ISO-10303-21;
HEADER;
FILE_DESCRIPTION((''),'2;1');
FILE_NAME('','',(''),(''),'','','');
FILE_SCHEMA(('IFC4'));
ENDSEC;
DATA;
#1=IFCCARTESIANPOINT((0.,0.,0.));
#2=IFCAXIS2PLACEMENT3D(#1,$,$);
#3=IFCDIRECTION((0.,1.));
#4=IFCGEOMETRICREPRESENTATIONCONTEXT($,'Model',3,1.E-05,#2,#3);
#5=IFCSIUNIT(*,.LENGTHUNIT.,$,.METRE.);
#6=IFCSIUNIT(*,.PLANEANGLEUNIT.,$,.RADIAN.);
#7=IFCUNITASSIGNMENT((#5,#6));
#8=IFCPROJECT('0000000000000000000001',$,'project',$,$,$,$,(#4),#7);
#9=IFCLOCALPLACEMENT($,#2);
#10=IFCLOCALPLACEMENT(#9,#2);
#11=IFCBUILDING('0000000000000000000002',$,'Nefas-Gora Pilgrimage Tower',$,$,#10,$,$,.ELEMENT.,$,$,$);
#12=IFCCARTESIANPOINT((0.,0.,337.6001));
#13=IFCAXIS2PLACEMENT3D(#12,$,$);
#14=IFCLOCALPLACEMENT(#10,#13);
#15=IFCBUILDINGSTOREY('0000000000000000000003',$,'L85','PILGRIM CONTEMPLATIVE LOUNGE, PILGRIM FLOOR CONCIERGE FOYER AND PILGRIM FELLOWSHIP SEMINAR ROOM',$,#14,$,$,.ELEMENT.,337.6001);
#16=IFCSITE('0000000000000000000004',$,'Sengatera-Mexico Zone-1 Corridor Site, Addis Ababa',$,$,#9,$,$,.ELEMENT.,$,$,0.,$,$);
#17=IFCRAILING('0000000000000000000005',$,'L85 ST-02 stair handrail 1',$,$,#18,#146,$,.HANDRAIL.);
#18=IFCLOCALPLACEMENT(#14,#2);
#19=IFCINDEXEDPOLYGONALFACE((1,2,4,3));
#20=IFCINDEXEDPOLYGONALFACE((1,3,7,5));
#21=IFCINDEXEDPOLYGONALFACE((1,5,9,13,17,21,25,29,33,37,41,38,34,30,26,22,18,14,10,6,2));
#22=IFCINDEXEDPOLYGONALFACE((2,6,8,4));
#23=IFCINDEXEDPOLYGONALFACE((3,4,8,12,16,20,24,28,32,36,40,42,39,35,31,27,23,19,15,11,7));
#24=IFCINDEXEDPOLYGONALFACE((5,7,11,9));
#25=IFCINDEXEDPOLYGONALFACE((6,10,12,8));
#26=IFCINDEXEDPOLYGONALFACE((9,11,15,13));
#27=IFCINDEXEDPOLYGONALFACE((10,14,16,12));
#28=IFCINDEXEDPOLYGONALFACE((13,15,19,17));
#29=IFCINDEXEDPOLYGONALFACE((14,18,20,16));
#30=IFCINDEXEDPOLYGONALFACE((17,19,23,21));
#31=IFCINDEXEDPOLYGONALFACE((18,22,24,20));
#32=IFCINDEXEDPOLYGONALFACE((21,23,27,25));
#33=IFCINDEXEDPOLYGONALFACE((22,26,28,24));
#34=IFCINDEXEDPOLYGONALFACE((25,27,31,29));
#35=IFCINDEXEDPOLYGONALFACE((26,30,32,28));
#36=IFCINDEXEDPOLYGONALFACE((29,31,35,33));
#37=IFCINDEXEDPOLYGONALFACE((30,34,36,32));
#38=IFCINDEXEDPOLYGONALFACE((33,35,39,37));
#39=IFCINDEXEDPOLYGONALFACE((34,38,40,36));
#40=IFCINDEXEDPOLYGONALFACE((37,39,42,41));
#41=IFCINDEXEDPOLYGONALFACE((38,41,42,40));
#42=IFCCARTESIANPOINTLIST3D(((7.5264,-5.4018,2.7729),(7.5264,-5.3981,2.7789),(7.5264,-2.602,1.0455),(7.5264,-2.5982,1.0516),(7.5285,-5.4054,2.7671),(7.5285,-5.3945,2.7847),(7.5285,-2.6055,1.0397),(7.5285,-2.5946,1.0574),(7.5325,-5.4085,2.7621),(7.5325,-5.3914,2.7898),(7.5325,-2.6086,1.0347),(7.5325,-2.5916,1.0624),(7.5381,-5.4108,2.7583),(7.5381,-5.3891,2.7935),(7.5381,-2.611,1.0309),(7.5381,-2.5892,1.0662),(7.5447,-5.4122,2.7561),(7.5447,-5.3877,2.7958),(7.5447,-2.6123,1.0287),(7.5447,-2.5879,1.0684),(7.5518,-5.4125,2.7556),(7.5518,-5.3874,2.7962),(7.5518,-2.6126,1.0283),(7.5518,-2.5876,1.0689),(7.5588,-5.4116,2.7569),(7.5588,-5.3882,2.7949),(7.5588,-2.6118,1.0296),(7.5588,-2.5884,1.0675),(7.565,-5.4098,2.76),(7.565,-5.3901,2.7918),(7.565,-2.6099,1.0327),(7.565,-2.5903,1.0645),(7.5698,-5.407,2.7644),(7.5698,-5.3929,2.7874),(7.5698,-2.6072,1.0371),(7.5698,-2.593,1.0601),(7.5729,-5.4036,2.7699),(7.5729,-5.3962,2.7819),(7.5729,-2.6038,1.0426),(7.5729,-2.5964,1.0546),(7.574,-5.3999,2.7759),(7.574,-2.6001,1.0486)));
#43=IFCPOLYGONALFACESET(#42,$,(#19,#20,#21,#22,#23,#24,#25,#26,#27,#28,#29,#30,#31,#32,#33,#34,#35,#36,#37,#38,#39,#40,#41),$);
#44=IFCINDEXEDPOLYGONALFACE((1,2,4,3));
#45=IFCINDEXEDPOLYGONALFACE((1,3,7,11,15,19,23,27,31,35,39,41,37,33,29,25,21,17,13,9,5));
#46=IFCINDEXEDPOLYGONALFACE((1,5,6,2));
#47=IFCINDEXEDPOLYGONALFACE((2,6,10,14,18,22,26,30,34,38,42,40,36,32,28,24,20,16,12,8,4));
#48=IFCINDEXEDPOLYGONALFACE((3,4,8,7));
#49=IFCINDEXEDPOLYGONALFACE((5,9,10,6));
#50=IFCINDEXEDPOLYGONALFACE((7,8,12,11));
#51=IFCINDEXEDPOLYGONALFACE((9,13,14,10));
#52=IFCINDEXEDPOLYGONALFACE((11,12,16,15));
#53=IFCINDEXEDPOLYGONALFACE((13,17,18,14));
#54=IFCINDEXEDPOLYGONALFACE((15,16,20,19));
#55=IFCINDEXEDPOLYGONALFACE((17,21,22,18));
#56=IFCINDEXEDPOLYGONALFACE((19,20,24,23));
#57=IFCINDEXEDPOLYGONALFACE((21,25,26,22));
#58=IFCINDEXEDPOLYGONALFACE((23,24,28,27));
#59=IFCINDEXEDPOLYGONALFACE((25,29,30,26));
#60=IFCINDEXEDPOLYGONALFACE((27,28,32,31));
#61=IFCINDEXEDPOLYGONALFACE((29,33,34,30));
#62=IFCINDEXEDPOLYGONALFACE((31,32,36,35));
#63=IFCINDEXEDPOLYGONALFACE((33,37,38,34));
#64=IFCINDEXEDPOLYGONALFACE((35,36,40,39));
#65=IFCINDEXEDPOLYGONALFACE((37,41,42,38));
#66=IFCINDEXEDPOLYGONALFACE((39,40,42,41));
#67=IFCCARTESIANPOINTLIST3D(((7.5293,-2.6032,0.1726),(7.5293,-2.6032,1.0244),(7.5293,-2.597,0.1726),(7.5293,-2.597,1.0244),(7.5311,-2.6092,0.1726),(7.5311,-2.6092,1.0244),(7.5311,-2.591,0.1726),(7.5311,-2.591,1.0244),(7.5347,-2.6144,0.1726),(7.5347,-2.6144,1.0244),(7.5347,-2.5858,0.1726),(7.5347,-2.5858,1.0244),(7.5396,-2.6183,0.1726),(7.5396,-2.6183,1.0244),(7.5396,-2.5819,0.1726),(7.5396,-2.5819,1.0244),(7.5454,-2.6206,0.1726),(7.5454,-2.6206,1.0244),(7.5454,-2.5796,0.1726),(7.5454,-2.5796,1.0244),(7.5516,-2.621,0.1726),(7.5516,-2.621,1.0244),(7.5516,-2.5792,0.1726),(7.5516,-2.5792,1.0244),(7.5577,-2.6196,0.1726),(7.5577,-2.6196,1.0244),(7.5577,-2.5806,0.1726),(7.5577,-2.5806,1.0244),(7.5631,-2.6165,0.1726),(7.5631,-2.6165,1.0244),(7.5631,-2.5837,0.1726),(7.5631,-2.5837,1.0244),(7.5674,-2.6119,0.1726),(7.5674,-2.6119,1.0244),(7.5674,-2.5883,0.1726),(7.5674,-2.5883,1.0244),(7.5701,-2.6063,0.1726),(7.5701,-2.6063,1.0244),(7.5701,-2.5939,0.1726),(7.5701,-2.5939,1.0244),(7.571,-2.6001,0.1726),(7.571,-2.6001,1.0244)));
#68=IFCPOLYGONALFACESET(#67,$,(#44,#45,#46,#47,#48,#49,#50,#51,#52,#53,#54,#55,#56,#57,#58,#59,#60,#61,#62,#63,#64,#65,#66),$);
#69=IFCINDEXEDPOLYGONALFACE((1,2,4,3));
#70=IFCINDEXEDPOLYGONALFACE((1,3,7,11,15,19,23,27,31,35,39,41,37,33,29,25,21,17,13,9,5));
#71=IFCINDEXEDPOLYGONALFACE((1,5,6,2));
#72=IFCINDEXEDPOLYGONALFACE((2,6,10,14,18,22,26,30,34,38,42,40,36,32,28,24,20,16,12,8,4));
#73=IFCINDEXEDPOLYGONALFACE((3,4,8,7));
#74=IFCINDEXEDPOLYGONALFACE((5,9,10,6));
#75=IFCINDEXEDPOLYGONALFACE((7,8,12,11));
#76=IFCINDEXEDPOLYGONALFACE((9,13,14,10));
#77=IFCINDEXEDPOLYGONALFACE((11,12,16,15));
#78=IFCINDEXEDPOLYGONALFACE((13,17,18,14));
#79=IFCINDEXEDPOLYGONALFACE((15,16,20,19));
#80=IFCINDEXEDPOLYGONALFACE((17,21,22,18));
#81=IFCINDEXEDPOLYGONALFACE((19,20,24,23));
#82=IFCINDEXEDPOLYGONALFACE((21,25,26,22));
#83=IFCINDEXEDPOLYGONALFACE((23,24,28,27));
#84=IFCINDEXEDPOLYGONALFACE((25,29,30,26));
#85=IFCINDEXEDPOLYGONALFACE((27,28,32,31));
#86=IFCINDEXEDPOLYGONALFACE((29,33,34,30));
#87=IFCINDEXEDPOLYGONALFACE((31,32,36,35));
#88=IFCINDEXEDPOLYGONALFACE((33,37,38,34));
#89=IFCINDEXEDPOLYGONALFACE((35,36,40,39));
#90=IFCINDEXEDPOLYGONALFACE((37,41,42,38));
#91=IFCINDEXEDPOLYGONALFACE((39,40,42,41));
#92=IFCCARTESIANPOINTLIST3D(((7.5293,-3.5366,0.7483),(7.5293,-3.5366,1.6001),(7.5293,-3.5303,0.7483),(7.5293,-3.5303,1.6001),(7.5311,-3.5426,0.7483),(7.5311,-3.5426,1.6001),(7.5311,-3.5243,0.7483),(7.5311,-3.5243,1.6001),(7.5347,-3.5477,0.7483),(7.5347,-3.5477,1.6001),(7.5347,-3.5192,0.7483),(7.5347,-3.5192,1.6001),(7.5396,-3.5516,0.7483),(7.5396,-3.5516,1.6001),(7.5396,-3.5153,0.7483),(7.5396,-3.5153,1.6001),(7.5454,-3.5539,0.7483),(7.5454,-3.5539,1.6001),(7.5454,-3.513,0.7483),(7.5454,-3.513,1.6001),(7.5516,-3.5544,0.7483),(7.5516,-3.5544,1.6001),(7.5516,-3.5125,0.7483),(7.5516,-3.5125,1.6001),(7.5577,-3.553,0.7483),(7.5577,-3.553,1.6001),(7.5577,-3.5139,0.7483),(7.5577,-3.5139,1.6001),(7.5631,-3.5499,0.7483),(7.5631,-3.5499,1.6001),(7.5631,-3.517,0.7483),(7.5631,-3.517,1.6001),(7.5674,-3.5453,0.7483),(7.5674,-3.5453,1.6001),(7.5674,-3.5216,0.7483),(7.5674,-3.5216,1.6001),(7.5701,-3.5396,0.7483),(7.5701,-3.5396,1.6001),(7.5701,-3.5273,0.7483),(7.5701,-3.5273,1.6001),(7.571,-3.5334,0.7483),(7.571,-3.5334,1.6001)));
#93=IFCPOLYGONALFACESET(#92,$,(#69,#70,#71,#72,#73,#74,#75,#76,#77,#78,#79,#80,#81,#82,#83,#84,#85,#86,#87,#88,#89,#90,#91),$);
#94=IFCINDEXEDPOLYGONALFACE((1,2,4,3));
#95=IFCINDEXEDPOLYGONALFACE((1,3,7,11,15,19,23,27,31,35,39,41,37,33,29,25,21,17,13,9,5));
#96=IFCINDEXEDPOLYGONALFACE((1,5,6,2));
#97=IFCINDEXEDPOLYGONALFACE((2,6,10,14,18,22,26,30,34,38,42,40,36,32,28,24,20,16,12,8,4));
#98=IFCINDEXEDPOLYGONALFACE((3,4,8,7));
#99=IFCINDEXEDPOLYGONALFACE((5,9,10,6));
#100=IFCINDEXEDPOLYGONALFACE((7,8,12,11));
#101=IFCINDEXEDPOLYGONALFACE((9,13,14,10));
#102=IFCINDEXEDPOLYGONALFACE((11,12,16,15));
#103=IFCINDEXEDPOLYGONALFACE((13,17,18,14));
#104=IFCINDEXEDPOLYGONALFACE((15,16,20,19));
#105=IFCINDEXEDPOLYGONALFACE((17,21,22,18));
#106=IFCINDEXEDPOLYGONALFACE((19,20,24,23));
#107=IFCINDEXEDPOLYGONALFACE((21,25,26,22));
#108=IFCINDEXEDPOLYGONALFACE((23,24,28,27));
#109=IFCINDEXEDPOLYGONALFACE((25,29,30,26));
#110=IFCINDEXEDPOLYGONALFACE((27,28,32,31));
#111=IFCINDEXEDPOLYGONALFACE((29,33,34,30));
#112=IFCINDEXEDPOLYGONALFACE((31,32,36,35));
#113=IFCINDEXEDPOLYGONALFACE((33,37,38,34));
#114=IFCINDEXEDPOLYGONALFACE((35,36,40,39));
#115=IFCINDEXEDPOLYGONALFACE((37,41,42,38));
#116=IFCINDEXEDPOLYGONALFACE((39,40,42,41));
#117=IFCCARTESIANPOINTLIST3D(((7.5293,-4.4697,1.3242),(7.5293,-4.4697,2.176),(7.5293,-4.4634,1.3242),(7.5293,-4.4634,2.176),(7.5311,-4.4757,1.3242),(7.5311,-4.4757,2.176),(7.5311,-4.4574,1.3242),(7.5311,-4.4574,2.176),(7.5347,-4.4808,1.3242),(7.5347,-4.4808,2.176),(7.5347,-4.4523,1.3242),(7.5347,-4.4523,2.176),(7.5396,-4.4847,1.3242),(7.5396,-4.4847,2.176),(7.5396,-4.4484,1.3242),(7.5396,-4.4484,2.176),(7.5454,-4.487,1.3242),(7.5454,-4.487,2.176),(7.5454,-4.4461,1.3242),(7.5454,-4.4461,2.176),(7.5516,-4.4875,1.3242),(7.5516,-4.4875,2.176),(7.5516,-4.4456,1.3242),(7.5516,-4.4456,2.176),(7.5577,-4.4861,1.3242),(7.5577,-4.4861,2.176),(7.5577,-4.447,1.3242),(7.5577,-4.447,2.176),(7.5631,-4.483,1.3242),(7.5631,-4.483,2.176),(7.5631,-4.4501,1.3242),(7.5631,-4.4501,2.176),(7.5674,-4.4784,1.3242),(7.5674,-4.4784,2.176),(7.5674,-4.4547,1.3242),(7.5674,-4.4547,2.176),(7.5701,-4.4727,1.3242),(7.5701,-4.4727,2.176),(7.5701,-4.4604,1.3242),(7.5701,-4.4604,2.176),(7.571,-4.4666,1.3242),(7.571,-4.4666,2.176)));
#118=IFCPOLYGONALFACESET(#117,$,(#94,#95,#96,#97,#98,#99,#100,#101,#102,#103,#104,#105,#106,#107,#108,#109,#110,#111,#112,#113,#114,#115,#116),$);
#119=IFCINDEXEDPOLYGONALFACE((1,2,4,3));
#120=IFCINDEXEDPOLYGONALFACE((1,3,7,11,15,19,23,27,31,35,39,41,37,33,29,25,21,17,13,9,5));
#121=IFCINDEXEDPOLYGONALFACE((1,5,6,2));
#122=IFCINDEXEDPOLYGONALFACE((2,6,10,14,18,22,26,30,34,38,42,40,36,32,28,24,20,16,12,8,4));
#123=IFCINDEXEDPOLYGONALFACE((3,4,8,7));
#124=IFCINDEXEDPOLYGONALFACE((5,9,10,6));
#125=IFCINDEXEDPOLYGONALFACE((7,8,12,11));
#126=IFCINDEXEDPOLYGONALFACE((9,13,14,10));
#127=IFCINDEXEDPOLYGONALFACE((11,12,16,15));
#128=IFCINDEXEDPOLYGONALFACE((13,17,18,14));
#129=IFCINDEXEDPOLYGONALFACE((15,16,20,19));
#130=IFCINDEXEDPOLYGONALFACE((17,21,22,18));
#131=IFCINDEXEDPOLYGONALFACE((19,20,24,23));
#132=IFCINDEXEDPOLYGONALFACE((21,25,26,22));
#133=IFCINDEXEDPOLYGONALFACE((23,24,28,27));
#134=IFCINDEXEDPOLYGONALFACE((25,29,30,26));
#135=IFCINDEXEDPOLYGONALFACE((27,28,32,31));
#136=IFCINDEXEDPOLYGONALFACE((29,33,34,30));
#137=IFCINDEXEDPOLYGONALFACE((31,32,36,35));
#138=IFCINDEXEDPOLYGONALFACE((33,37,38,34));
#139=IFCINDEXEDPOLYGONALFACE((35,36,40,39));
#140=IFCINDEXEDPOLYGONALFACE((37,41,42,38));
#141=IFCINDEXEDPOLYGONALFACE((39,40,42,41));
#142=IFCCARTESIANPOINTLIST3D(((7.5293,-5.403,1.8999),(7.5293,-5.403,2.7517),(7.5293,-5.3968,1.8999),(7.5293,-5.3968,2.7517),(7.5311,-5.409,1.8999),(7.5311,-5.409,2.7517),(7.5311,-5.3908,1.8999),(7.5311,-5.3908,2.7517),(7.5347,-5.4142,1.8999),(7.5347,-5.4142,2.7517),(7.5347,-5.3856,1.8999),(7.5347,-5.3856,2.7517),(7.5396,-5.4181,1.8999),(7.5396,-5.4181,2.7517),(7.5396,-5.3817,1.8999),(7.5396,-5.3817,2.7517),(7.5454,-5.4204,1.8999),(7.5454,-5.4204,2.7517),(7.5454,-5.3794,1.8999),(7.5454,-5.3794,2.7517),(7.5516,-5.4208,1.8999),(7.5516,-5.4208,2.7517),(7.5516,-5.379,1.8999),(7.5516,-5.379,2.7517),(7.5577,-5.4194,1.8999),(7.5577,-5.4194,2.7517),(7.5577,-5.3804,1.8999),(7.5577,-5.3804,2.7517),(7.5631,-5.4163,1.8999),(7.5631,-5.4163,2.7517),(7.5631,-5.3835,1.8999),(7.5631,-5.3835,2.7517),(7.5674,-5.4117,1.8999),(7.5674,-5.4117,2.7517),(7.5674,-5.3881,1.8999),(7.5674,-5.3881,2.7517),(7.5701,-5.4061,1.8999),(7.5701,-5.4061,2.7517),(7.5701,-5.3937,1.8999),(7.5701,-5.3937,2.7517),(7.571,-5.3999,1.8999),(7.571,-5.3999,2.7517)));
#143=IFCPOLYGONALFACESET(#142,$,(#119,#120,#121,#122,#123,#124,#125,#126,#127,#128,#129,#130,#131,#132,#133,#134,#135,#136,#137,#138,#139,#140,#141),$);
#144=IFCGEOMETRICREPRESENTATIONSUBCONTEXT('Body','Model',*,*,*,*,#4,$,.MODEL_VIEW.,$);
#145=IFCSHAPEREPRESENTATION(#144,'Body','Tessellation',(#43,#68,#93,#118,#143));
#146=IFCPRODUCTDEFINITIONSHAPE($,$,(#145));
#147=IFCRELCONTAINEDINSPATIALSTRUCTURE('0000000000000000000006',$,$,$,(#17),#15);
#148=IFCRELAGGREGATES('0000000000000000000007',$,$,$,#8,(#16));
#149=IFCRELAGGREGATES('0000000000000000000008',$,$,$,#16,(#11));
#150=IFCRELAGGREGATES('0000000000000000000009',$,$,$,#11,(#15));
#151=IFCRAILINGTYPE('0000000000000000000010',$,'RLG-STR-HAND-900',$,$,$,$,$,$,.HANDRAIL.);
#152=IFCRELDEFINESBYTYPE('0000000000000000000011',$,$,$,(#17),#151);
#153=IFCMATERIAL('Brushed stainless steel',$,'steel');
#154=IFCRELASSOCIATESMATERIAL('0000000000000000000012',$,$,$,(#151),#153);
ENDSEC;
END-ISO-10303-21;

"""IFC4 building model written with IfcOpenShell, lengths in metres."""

from ifc_helpers import new_model, si_unit, direction, frame, origin, origin_2d, place, context, subcontext, project, spatial, circle, extrude, material, type_object, element, save


model = new_model("IFC4")

# Units and contexts
model_context = context("Model", 3, precision=1e-05, world=origin(), true_north=direction((0.0, 1.0)))
body_context = subcontext(model_context, "Body", "Model", "MODEL_VIEW")
ifc_project = project(units=[si_unit("LENGTHUNIT", "METRE"), si_unit("PLANEANGLEUNIT", "RADIAN")], contexts=[model_context])

# Site, building, storey
site_placement = place(None, origin())
site = spatial("IfcSite", under=ifc_project, at=site_placement, Name="Sengatera-Mexico Zone-1 Corridor Site, Addis Ababa", CompositionType="ELEMENT", RefElevation=0.0)
building_placement = place(site_placement, origin())
building = spatial("IfcBuilding", under=site, at=building_placement, Name="Nefas-Gora Pilgrimage Tower", CompositionType="ELEMENT")
storey_placement = place(building_placement, frame((0.0, 0.0, 337.6001)))
storey = spatial("IfcBuildingStorey", under=building, at=storey_placement, Name="L85", Description="PILGRIM CONTEMPLATIVE LOUNGE, PILGRIM FLOOR CONCIERGE FOYER AND PILGRIM FELLOWSHIP SEMINAR ROOM", CompositionType="ELEMENT", Elevation=337.6001)

# Railing
ifc_material_1 = material(Name="Brushed stainless steel", Category="steel")
railing_type_1 = type_object("IfcRailingType", Name="RLG-STR-HAND-900", PredefinedType="HANDRAIL", material=ifc_material_1)
railing_1_placement = place(storey_placement, frame((7.55, -2.6001, 0.1726)))
element("IfcRailing", 1, at=railing_1_placement, inside=storey, type_object=railing_type_1, Name="L85 ST-02 stair handrail 1", PredefinedType="HANDRAIL", context=body_context, shape_type="SweptSolid", body=[
    extrude(circle(Radius=0.0239, at=origin_2d()), frame((0.0, 0.0, 0.876), z_axis=(0.0, -0.851069, 0.525054), x_axis=(1.0, 0.0, 0.0)), (0.0, 0.0, 1.0), 3.2898),
    extrude(circle(Radius=0.021, at=origin_2d()), origin(), (0.0, 0.0, 1.0), 0.8518),
    extrude(circle(Radius=0.021, at=origin_2d()), frame((0.0, -0.9333, 0.5757)), (0.0, 0.0, 1.0), 0.8518),
    extrude(circle(Radius=0.021, at=origin_2d()), frame((0.0, -1.8665, 1.1516)), (0.0, 0.0, 1.0), 0.8518),
    extrude(circle(Radius=0.021, at=origin_2d()), frame((0.0, -2.7998, 1.7273)), (0.0, 0.0, 1.0), 0.8518),
])

save(model, "model.ifc")
